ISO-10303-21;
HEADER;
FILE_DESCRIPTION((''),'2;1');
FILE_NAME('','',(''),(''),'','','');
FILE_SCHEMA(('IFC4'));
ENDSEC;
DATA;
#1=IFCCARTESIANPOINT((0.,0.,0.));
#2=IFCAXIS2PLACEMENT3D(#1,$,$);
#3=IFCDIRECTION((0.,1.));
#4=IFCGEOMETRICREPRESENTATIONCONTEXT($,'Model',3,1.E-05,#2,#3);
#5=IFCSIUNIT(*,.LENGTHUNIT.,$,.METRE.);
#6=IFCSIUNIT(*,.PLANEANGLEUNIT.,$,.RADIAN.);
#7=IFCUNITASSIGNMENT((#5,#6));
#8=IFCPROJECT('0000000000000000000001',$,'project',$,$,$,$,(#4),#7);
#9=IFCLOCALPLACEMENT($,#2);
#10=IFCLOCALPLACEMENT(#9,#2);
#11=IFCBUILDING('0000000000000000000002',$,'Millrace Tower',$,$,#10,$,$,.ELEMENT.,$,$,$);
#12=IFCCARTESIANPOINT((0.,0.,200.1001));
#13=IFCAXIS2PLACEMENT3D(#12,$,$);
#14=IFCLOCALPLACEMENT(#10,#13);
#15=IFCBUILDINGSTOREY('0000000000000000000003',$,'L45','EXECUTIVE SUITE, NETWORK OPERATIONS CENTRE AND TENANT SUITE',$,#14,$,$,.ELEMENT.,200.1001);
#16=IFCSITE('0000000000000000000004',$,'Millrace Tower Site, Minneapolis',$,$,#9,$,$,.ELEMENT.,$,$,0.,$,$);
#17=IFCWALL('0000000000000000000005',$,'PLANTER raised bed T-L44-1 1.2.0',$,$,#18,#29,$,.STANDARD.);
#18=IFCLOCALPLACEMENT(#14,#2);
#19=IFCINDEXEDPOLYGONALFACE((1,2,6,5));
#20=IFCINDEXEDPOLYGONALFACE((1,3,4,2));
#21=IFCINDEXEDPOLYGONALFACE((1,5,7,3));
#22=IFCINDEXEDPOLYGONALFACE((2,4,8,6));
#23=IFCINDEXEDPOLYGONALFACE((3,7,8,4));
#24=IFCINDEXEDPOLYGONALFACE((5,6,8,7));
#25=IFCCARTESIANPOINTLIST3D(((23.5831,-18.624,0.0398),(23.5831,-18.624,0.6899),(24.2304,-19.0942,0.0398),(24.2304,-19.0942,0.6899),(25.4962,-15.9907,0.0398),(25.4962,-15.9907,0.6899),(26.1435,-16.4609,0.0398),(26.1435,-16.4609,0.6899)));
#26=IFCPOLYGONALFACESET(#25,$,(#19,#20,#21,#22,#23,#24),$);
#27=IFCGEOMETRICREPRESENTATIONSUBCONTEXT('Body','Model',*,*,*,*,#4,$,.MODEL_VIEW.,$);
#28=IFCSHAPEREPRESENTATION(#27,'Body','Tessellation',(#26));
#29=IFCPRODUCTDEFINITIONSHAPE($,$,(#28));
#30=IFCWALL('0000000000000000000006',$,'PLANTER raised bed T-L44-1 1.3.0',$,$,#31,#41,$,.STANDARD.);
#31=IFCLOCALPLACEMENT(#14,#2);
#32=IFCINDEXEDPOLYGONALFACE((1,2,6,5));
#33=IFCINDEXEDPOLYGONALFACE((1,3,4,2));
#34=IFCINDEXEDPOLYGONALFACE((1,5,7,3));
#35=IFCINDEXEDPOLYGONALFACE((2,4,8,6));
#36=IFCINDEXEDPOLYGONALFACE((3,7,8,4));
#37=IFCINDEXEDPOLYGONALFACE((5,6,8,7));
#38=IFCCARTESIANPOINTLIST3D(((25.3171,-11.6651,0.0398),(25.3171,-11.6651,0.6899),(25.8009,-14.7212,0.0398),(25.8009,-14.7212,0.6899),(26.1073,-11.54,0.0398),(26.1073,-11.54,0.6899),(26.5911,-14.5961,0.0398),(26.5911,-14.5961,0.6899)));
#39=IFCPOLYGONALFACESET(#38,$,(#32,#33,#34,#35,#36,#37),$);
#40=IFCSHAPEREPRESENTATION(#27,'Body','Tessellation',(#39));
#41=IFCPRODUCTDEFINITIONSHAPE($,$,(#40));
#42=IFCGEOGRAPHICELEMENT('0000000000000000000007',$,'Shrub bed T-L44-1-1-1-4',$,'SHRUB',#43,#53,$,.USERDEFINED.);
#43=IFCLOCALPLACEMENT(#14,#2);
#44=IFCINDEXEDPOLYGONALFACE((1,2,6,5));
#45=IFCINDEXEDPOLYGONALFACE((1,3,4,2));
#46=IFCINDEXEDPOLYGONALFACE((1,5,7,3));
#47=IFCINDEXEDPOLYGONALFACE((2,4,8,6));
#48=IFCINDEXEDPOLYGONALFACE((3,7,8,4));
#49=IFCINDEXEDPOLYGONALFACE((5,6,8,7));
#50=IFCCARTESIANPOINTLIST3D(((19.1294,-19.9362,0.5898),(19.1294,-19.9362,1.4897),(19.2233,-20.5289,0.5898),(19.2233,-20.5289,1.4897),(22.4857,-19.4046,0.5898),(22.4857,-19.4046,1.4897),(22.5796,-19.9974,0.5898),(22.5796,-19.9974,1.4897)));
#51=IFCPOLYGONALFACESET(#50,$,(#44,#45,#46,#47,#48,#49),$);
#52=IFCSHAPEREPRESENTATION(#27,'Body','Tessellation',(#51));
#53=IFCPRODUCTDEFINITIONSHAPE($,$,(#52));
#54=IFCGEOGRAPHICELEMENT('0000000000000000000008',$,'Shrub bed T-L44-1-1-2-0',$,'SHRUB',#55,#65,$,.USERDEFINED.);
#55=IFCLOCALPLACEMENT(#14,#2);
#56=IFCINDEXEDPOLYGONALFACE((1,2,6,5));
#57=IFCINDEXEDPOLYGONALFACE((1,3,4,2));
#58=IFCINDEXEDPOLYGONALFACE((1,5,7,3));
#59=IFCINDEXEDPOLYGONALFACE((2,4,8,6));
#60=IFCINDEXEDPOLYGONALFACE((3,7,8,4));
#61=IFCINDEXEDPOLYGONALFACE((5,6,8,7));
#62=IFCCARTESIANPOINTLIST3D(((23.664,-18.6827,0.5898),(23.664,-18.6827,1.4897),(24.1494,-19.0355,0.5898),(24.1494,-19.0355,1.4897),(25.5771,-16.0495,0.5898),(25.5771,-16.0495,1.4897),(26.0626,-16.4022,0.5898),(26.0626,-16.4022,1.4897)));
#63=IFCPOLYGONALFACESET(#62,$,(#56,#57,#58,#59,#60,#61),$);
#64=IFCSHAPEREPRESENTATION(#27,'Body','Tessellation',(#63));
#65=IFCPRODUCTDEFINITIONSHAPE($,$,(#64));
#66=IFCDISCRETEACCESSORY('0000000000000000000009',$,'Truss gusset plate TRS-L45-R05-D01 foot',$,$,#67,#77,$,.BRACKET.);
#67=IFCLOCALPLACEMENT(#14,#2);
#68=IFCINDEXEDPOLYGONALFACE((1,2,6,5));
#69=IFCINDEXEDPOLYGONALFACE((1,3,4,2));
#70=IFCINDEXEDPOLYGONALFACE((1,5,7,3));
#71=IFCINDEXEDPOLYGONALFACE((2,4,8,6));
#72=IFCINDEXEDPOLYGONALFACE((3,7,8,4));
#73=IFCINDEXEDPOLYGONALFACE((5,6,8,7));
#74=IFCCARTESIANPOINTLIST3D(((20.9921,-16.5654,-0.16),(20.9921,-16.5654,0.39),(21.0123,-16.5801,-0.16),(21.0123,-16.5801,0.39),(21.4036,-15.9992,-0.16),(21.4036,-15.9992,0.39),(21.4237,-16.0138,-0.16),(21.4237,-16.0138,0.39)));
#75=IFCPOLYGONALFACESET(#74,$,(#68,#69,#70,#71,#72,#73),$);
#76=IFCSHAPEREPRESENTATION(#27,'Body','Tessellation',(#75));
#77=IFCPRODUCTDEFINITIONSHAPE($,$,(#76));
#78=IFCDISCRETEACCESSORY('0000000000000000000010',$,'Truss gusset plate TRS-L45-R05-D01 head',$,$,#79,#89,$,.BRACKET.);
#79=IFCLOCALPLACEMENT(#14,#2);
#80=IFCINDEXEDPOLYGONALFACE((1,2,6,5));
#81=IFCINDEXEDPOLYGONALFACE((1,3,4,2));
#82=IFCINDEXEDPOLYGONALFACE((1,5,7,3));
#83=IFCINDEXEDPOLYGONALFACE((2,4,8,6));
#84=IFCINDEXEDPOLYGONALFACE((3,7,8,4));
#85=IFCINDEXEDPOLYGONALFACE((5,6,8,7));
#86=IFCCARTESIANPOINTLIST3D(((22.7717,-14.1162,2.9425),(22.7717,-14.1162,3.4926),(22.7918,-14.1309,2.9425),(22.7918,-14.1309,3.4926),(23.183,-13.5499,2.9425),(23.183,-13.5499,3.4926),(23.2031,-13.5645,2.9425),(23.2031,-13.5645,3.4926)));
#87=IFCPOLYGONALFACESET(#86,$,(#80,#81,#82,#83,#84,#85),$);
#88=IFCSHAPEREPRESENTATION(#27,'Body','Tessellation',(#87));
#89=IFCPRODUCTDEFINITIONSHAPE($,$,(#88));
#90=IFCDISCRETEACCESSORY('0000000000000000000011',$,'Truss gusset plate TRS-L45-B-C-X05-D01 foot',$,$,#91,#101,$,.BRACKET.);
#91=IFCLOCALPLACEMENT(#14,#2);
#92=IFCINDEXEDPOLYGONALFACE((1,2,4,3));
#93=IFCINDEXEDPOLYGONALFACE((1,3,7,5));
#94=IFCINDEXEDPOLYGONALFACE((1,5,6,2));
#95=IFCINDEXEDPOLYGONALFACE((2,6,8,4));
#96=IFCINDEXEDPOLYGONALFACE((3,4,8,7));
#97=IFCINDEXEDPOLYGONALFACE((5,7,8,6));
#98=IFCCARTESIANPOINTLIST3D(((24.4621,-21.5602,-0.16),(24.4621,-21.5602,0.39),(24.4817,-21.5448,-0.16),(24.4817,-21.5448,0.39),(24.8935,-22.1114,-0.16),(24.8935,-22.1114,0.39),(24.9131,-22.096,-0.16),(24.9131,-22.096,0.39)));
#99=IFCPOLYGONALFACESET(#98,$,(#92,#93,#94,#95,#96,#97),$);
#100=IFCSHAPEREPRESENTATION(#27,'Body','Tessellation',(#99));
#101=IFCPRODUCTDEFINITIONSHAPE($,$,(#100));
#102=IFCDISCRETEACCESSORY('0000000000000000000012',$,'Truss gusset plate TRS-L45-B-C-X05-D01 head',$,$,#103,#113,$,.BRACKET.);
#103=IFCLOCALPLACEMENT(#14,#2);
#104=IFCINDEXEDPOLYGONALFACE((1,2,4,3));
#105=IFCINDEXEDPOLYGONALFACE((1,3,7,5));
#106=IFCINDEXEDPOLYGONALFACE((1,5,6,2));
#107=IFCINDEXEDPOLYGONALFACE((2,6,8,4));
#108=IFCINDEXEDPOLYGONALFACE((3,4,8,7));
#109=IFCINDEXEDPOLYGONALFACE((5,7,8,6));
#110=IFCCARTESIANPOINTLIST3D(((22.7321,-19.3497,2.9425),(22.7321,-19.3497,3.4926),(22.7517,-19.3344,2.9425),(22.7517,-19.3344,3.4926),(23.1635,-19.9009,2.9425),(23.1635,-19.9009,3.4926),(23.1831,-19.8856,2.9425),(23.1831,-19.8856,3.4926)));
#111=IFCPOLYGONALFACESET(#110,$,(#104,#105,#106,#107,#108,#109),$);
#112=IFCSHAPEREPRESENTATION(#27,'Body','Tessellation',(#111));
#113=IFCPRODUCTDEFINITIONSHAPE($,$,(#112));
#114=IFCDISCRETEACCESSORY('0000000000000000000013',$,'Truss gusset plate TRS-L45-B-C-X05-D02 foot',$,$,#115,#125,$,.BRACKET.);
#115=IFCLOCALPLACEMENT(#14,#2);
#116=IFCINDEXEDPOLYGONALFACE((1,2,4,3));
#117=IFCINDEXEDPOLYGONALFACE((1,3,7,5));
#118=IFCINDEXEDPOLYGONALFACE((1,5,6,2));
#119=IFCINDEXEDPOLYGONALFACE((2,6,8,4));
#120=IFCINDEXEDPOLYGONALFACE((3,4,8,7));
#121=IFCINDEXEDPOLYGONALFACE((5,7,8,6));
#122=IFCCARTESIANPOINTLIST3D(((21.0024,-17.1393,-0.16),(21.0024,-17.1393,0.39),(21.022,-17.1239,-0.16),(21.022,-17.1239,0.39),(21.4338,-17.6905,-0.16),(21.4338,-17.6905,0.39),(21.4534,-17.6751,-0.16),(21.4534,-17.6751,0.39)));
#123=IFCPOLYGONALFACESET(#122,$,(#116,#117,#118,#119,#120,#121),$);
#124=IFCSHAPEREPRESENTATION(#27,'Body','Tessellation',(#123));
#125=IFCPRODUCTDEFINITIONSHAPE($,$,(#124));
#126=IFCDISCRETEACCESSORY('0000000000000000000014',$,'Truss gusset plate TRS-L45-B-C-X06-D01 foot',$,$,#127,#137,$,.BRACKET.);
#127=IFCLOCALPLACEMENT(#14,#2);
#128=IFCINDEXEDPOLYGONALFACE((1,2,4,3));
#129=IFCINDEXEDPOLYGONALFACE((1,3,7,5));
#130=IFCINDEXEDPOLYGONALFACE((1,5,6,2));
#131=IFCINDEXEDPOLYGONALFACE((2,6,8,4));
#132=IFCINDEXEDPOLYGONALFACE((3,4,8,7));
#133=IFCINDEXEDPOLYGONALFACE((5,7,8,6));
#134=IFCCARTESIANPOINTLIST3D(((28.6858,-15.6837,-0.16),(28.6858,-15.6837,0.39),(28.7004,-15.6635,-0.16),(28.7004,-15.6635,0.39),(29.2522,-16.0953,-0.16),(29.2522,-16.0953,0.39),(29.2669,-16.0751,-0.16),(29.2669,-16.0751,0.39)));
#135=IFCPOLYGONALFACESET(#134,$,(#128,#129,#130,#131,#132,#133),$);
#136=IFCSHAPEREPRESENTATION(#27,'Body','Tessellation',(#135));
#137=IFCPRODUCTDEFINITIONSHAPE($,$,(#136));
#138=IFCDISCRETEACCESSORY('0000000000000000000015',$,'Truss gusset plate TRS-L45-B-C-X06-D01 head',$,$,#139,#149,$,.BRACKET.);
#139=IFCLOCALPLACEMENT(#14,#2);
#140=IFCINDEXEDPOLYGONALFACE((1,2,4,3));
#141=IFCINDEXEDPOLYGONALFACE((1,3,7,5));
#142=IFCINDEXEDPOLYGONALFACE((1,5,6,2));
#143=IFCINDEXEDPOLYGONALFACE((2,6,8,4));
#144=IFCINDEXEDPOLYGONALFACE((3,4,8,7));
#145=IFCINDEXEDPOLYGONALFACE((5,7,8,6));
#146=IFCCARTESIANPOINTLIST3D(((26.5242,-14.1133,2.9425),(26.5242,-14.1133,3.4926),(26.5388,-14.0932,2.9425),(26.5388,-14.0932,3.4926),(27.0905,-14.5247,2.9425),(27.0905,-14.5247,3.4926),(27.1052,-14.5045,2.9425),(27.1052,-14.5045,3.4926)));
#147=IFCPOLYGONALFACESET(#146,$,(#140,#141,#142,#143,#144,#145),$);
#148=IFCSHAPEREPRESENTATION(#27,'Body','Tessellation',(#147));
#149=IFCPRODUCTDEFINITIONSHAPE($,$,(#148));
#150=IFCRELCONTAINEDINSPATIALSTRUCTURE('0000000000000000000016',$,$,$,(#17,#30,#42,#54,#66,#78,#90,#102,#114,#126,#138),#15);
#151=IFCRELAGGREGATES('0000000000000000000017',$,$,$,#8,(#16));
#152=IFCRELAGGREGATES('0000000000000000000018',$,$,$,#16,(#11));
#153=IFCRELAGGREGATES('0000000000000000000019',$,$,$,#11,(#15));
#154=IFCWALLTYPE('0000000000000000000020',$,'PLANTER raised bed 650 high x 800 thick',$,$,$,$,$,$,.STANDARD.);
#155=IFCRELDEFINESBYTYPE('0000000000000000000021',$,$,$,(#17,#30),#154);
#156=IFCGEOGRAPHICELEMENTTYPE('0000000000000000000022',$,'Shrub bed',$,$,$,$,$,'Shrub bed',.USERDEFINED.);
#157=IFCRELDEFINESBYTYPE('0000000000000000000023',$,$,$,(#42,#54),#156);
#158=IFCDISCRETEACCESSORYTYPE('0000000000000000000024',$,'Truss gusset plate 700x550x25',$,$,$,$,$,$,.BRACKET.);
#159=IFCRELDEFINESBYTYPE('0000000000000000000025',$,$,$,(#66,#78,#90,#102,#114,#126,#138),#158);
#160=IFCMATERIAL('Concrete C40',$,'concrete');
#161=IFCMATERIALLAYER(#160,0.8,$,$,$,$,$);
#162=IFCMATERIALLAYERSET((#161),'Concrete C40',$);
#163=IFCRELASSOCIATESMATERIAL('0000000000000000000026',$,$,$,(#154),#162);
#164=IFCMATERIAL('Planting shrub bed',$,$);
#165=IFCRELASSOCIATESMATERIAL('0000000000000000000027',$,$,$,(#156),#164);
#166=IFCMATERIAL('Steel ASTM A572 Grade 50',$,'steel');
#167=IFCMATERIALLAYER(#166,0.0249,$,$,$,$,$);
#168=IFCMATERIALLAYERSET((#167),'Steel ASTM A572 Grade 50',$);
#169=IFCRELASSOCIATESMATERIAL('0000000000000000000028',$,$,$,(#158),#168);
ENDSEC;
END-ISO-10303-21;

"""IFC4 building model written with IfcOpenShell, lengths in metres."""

from ifc_helpers import new_model, si_unit, direction, frame, frame_2d, origin, origin_2d, place, context, subcontext, project, spatial, rectangle, extrude, material, layer, layer_set, type_object, element, save


model = new_model("IFC4")

# Units and contexts
model_context = context("Model", 3, precision=1e-05, world=origin(), true_north=direction((0.0, 1.0)))
body_context = subcontext(model_context, "Body", "Model", "MODEL_VIEW")
ifc_project = project(units=[si_unit("LENGTHUNIT", "METRE"), si_unit("PLANEANGLEUNIT", "RADIAN")], contexts=[model_context])

# Site, building, storey
site_placement = place(None, origin())
site = spatial("IfcSite", under=ifc_project, at=site_placement, Name="Millrace Tower Site, Minneapolis", CompositionType="ELEMENT", RefElevation=0.0)
building_placement = place(site_placement, origin())
building = spatial("IfcBuilding", under=site, at=building_placement, Name="Millrace Tower", CompositionType="ELEMENT")
storey_placement = place(building_placement, frame((0.0, 0.0, 200.1001)))
storey = spatial("IfcBuildingStorey", under=building, at=storey_placement, Name="L45", Description="EXECUTIVE SUITE, NETWORK OPERATIONS CENTRE AND TENANT SUITE", CompositionType="ELEMENT", Elevation=200.1001)

# Walls
ifc_material_1 = material(Name="Concrete C40", Category="concrete")
ifc_layer_1 = layer(ifc_material_1, 0.8)
ifc_layer_set_1 = layer_set([ifc_layer_1], Name="Concrete C40")
wall_type = type_object("IfcWallType", Name="PLANTER raised bed 650 high x 800 thick", PredefinedType="STANDARD", material=ifc_layer_set_1)
wall_1_placement = place(storey_placement, frame((23.9067, -18.8591, 0.0398), z_axis=(0.0, 0.0, 1.0), x_axis=(0.587761, 0.809034, 0.0)))
element("IfcWall", 1, at=wall_1_placement, inside=storey, type_object=wall_type, Name="PLANTER raised bed T-L44-1 1.2.0", PredefinedType="STANDARD", context=body_context, shape_type="SweptSolid", body=[
    extrude(rectangle(XDim=3.2549, YDim=0.8, at=frame_2d((1.6274, 0.0))), origin(), (0.0, 0.0, 1.0), 0.6501),
])
wall_2_placement = place(storey_placement, frame((26.196, -14.6587, 0.0398), z_axis=(0.0, 0.0, 1.0), x_axis=(-0.156384, 0.987696, 0.0)))
element("IfcWall", 2, at=wall_2_placement, inside=storey, type_object=wall_type, Name="PLANTER raised bed T-L44-1 1.3.0", PredefinedType="STANDARD", context=body_context, shape_type="SweptSolid", body=[
    extrude(rectangle(XDim=3.0942, YDim=0.8, at=frame_2d((1.5471, 0.0))), origin(), (0.0, 0.0, 1.0), 0.6501),
])

# Geographic elements
ifc_material_2 = material(Name="Planting shrub bed")
geographic_element_type = type_object("IfcGeographicElementType", Name="Shrub bed", ElementType="Shrub bed", PredefinedType="USERDEFINED", material=ifc_material_2)
geographic_element_1_placement = place(storey_placement, frame((20.8545, -19.9668, 0.5898), z_axis=(0.0, 0.0, 1.0), x_axis=(0.987688, 0.156434, 0.0)))
element("IfcGeographicElement", 3, at=geographic_element_1_placement, inside=storey, type_object=geographic_element_type, Name="Shrub bed T-L44-1-1-1-4", ObjectType="SHRUB", PredefinedType="USERDEFINED", context=body_context, shape_type="SweptSolid", body=[
    extrude(rectangle(XDim=3.3982, YDim=0.6001, at=origin_2d()), origin(), (0.0, 0.0, 1.0), 0.8999),
])
geographic_element_2_placement = place(storey_placement, frame((24.8633, -17.5425, 0.5898), z_axis=(0.0, 0.0, 1.0), x_axis=(0.587785, 0.809017, 0.0)))
element("IfcGeographicElement", 4, at=geographic_element_2_placement, inside=storey, type_object=geographic_element_type, Name="Shrub bed T-L44-1-1-2-0", ObjectType="SHRUB", PredefinedType="USERDEFINED", context=body_context, shape_type="SweptSolid", body=[
    extrude(rectangle(XDim=3.2549, YDim=0.6001, at=origin_2d()), origin(), (0.0, 0.0, 1.0), 0.8999),
])

# Discrete accessories
ifc_material_3 = material(Name="Steel ASTM A572 Grade 50", Category="steel")
ifc_layer_2 = layer(ifc_material_3, 0.0249)
ifc_layer_set_2 = layer_set([ifc_layer_2], Name="Steel ASTM A572 Grade 50")
discrete_accessory_type = type_object("IfcDiscreteAccessoryType", Name="Truss gusset plate 700x550x25", PredefinedType="BRACKET", material=ifc_layer_set_2)
for number, where, z_axis, x_axis, name in (
    (5, (21.0022, -16.5728, 0.115), (0.587819, 0.808992, 0.0), (-0.808992, 0.587819, 0.0), "Truss gusset plate TRS-L45-R05-D01 foot"),
    (6, (22.7817, -14.1235, 3.2175), (0.587653, 0.809113, 0.0), (-0.809113, 0.587653, 0.0), "Truss gusset plate TRS-L45-R05-D01 head"),
    (7, (24.4719, -21.5525, 0.115), (0.61628, -0.787527, 0.0), (0.787527, 0.61628, 0.0), "Truss gusset plate TRS-L45-B-C-X05-D01 foot"),
    (8, (22.7419, -19.342, 3.2175), (0.61628, -0.787527, 0.0), (0.787527, 0.61628, 0.0), "Truss gusset plate TRS-L45-B-C-X05-D01 head"),
    (9, (21.0122, -17.1316, 0.115), (0.61628, -0.787527, 0.0), (0.787527, 0.61628, 0.0), "Truss gusset plate TRS-L45-B-C-X05-D02 foot"),
):
    element("IfcDiscreteAccessory", number, at=place(storey_placement, frame(where, z_axis=z_axis, x_axis=x_axis)), inside=storey, type_object=discrete_accessory_type, Name=name, PredefinedType="BRACKET", context=body_context, shape_type="SweptSolid", body=[
        extrude(rectangle(XDim=0.0249, YDim=0.55, at=origin_2d()), origin(), (0.0, 0.0, 1.0), 0.7),
    ])
discrete_accessory_1_placement = place(storey_placement, frame((28.6931, -15.6736, 0.115), z_axis=(0.808947, -0.587881, 0.0), x_axis=(0.587881, 0.808947, 0.0)))
element("IfcDiscreteAccessory", 10, at=discrete_accessory_1_placement, inside=storey, type_object=discrete_accessory_type, Name="Truss gusset plate TRS-L45-B-C-X06-D01 foot", PredefinedType="BRACKET", context=body_context, shape_type="SweptSolid", body=[
    extrude(rectangle(XDim=0.0249, YDim=0.55, at=origin_2d()), origin(), (0.0, 0.0, 1.0), 0.7002),
])
discrete_accessory_2_placement = place(storey_placement, frame((26.5315, -14.1033, 3.2175), z_axis=(0.809113, -0.587653, 0.0), x_axis=(0.587653, 0.809113, 0.0)))
element("IfcDiscreteAccessory", 11, at=discrete_accessory_2_placement, inside=storey, type_object=discrete_accessory_type, Name="Truss gusset plate TRS-L45-B-C-X06-D01 head", PredefinedType="BRACKET", context=body_context, shape_type="SweptSolid", body=[
    extrude(rectangle(XDim=0.0249, YDim=0.55, at=origin_2d()), origin(), (0.0, 0.0, 1.0), 0.7),
])

save(model, "model.ifc")
